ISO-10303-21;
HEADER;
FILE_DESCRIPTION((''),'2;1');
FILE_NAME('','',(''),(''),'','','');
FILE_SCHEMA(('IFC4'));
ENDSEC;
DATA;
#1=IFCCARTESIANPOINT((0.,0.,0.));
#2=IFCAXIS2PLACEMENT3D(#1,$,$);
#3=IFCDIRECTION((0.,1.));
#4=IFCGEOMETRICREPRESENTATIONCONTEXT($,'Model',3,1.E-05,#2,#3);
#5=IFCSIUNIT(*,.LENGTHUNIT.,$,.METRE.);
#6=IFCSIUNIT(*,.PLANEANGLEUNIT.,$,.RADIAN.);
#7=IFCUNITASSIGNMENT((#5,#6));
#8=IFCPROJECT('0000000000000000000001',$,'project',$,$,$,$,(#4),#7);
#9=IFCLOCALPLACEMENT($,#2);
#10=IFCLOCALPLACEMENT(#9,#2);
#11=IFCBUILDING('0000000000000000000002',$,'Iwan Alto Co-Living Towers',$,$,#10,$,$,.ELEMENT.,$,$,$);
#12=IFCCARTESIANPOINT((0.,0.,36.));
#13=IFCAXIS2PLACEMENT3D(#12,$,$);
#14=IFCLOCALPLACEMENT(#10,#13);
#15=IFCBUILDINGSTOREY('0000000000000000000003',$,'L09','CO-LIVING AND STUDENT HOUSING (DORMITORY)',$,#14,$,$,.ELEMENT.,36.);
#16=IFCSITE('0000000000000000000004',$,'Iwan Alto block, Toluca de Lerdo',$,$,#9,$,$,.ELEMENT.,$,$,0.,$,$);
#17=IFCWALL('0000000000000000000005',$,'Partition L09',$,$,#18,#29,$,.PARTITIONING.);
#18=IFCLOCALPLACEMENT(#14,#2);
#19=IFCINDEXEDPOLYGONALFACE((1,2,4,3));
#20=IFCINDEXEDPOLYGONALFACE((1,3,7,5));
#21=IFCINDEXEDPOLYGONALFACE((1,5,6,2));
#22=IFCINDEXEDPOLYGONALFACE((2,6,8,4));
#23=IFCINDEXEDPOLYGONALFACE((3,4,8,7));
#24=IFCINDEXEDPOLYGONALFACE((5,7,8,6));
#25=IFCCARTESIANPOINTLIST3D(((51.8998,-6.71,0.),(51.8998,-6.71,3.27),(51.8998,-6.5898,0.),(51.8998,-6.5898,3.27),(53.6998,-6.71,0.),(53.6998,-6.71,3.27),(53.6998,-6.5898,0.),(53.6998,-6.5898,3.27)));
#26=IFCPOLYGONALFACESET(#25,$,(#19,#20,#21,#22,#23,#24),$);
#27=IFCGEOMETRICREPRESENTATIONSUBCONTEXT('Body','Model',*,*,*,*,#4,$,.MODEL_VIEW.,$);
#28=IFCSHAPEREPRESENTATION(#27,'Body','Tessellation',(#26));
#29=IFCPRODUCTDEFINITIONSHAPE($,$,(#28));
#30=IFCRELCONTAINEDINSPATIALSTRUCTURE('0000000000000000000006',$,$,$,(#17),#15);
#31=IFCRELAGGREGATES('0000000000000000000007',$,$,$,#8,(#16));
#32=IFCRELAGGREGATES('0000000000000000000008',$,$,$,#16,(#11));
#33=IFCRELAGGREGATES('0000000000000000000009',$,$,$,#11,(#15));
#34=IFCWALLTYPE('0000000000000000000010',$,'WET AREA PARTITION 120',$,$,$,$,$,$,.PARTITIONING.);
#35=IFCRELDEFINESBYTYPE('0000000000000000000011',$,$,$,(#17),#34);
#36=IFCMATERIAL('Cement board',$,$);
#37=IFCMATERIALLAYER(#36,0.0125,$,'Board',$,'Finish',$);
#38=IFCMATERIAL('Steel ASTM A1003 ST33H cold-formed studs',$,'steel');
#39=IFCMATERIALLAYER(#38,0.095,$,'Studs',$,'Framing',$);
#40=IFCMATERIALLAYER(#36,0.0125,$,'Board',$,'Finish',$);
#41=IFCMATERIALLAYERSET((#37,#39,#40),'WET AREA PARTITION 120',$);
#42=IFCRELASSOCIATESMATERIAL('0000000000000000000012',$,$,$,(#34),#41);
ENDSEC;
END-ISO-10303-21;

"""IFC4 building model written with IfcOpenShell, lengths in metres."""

from ifc_helpers import new_model, si_unit, direction, frame, frame_2d, origin, place, context, subcontext, project, spatial, rectangle, extrude, material, layer, layer_set, type_object, element, save


model = new_model("IFC4")

# Units and contexts
model_context = context("Model", 3, precision=1e-05, world=origin(), true_north=direction((0.0, 1.0)))
body_context = subcontext(model_context, "Body", "Model", "MODEL_VIEW")
ifc_project = project(units=[si_unit("LENGTHUNIT", "METRE"), si_unit("PLANEANGLEUNIT", "RADIAN")], contexts=[model_context])

# Site, building, storey
site_placement = place(None, origin())
site = spatial("IfcSite", under=ifc_project, at=site_placement, Name="Iwan Alto block, Toluca de Lerdo", CompositionType="ELEMENT", RefElevation=0.0)
building_placement = place(site_placement, origin())
building = spatial("IfcBuilding", under=site, at=building_placement, Name="Iwan Alto Co-Living Towers", CompositionType="ELEMENT")
storey_placement = place(building_placement, frame((0.0, 0.0, 36.0)))
storey = spatial("IfcBuildingStorey", under=building, at=storey_placement, Name="L09", Description="CO-LIVING AND STUDENT HOUSING (DORMITORY)", CompositionType="ELEMENT", Elevation=36.0)

# Shared definitions
ifc_material_1 = material(Name="Steel ASTM A1003 ST33H cold-formed studs", Category="steel")

# Wall
ifc_material_2 = material(Name="Cement board")
ifc_layer_1 = layer(ifc_material_2, 0.0125, Name="Board", Category="Finish")
ifc_layer_2 = layer(ifc_material_1, 0.095, Name="Studs", Category="Framing")
ifc_layer_3 = layer(ifc_material_2, 0.0125, Name="Board", Category="Finish")
ifc_layer_set_1 = layer_set([ifc_layer_1, ifc_layer_2, ifc_layer_3], Name="WET AREA PARTITION 120")
wall_type_1 = type_object("IfcWallType", Name="WET AREA PARTITION 120", PredefinedType="PARTITIONING", material=ifc_layer_set_1)
wall_1_placement = place(storey_placement, frame((51.8999, -6.6499, 0.0), z_axis=(0.0, 0.0, 1.0), x_axis=(1.0, 0.0, 0.0)))
element("IfcWall", 1, at=wall_1_placement, inside=storey, type_object=wall_type_1, Name="Partition L09", PredefinedType="PARTITIONING", context=body_context, shape_type="SweptSolid", body=[
    extrude(rectangle(XDim=1.8, YDim=0.1201, at=frame_2d((0.8999, 0.0))), origin(), (0.0, 0.0, 1.0), 3.27),
])

save(model, "model.ifc")
